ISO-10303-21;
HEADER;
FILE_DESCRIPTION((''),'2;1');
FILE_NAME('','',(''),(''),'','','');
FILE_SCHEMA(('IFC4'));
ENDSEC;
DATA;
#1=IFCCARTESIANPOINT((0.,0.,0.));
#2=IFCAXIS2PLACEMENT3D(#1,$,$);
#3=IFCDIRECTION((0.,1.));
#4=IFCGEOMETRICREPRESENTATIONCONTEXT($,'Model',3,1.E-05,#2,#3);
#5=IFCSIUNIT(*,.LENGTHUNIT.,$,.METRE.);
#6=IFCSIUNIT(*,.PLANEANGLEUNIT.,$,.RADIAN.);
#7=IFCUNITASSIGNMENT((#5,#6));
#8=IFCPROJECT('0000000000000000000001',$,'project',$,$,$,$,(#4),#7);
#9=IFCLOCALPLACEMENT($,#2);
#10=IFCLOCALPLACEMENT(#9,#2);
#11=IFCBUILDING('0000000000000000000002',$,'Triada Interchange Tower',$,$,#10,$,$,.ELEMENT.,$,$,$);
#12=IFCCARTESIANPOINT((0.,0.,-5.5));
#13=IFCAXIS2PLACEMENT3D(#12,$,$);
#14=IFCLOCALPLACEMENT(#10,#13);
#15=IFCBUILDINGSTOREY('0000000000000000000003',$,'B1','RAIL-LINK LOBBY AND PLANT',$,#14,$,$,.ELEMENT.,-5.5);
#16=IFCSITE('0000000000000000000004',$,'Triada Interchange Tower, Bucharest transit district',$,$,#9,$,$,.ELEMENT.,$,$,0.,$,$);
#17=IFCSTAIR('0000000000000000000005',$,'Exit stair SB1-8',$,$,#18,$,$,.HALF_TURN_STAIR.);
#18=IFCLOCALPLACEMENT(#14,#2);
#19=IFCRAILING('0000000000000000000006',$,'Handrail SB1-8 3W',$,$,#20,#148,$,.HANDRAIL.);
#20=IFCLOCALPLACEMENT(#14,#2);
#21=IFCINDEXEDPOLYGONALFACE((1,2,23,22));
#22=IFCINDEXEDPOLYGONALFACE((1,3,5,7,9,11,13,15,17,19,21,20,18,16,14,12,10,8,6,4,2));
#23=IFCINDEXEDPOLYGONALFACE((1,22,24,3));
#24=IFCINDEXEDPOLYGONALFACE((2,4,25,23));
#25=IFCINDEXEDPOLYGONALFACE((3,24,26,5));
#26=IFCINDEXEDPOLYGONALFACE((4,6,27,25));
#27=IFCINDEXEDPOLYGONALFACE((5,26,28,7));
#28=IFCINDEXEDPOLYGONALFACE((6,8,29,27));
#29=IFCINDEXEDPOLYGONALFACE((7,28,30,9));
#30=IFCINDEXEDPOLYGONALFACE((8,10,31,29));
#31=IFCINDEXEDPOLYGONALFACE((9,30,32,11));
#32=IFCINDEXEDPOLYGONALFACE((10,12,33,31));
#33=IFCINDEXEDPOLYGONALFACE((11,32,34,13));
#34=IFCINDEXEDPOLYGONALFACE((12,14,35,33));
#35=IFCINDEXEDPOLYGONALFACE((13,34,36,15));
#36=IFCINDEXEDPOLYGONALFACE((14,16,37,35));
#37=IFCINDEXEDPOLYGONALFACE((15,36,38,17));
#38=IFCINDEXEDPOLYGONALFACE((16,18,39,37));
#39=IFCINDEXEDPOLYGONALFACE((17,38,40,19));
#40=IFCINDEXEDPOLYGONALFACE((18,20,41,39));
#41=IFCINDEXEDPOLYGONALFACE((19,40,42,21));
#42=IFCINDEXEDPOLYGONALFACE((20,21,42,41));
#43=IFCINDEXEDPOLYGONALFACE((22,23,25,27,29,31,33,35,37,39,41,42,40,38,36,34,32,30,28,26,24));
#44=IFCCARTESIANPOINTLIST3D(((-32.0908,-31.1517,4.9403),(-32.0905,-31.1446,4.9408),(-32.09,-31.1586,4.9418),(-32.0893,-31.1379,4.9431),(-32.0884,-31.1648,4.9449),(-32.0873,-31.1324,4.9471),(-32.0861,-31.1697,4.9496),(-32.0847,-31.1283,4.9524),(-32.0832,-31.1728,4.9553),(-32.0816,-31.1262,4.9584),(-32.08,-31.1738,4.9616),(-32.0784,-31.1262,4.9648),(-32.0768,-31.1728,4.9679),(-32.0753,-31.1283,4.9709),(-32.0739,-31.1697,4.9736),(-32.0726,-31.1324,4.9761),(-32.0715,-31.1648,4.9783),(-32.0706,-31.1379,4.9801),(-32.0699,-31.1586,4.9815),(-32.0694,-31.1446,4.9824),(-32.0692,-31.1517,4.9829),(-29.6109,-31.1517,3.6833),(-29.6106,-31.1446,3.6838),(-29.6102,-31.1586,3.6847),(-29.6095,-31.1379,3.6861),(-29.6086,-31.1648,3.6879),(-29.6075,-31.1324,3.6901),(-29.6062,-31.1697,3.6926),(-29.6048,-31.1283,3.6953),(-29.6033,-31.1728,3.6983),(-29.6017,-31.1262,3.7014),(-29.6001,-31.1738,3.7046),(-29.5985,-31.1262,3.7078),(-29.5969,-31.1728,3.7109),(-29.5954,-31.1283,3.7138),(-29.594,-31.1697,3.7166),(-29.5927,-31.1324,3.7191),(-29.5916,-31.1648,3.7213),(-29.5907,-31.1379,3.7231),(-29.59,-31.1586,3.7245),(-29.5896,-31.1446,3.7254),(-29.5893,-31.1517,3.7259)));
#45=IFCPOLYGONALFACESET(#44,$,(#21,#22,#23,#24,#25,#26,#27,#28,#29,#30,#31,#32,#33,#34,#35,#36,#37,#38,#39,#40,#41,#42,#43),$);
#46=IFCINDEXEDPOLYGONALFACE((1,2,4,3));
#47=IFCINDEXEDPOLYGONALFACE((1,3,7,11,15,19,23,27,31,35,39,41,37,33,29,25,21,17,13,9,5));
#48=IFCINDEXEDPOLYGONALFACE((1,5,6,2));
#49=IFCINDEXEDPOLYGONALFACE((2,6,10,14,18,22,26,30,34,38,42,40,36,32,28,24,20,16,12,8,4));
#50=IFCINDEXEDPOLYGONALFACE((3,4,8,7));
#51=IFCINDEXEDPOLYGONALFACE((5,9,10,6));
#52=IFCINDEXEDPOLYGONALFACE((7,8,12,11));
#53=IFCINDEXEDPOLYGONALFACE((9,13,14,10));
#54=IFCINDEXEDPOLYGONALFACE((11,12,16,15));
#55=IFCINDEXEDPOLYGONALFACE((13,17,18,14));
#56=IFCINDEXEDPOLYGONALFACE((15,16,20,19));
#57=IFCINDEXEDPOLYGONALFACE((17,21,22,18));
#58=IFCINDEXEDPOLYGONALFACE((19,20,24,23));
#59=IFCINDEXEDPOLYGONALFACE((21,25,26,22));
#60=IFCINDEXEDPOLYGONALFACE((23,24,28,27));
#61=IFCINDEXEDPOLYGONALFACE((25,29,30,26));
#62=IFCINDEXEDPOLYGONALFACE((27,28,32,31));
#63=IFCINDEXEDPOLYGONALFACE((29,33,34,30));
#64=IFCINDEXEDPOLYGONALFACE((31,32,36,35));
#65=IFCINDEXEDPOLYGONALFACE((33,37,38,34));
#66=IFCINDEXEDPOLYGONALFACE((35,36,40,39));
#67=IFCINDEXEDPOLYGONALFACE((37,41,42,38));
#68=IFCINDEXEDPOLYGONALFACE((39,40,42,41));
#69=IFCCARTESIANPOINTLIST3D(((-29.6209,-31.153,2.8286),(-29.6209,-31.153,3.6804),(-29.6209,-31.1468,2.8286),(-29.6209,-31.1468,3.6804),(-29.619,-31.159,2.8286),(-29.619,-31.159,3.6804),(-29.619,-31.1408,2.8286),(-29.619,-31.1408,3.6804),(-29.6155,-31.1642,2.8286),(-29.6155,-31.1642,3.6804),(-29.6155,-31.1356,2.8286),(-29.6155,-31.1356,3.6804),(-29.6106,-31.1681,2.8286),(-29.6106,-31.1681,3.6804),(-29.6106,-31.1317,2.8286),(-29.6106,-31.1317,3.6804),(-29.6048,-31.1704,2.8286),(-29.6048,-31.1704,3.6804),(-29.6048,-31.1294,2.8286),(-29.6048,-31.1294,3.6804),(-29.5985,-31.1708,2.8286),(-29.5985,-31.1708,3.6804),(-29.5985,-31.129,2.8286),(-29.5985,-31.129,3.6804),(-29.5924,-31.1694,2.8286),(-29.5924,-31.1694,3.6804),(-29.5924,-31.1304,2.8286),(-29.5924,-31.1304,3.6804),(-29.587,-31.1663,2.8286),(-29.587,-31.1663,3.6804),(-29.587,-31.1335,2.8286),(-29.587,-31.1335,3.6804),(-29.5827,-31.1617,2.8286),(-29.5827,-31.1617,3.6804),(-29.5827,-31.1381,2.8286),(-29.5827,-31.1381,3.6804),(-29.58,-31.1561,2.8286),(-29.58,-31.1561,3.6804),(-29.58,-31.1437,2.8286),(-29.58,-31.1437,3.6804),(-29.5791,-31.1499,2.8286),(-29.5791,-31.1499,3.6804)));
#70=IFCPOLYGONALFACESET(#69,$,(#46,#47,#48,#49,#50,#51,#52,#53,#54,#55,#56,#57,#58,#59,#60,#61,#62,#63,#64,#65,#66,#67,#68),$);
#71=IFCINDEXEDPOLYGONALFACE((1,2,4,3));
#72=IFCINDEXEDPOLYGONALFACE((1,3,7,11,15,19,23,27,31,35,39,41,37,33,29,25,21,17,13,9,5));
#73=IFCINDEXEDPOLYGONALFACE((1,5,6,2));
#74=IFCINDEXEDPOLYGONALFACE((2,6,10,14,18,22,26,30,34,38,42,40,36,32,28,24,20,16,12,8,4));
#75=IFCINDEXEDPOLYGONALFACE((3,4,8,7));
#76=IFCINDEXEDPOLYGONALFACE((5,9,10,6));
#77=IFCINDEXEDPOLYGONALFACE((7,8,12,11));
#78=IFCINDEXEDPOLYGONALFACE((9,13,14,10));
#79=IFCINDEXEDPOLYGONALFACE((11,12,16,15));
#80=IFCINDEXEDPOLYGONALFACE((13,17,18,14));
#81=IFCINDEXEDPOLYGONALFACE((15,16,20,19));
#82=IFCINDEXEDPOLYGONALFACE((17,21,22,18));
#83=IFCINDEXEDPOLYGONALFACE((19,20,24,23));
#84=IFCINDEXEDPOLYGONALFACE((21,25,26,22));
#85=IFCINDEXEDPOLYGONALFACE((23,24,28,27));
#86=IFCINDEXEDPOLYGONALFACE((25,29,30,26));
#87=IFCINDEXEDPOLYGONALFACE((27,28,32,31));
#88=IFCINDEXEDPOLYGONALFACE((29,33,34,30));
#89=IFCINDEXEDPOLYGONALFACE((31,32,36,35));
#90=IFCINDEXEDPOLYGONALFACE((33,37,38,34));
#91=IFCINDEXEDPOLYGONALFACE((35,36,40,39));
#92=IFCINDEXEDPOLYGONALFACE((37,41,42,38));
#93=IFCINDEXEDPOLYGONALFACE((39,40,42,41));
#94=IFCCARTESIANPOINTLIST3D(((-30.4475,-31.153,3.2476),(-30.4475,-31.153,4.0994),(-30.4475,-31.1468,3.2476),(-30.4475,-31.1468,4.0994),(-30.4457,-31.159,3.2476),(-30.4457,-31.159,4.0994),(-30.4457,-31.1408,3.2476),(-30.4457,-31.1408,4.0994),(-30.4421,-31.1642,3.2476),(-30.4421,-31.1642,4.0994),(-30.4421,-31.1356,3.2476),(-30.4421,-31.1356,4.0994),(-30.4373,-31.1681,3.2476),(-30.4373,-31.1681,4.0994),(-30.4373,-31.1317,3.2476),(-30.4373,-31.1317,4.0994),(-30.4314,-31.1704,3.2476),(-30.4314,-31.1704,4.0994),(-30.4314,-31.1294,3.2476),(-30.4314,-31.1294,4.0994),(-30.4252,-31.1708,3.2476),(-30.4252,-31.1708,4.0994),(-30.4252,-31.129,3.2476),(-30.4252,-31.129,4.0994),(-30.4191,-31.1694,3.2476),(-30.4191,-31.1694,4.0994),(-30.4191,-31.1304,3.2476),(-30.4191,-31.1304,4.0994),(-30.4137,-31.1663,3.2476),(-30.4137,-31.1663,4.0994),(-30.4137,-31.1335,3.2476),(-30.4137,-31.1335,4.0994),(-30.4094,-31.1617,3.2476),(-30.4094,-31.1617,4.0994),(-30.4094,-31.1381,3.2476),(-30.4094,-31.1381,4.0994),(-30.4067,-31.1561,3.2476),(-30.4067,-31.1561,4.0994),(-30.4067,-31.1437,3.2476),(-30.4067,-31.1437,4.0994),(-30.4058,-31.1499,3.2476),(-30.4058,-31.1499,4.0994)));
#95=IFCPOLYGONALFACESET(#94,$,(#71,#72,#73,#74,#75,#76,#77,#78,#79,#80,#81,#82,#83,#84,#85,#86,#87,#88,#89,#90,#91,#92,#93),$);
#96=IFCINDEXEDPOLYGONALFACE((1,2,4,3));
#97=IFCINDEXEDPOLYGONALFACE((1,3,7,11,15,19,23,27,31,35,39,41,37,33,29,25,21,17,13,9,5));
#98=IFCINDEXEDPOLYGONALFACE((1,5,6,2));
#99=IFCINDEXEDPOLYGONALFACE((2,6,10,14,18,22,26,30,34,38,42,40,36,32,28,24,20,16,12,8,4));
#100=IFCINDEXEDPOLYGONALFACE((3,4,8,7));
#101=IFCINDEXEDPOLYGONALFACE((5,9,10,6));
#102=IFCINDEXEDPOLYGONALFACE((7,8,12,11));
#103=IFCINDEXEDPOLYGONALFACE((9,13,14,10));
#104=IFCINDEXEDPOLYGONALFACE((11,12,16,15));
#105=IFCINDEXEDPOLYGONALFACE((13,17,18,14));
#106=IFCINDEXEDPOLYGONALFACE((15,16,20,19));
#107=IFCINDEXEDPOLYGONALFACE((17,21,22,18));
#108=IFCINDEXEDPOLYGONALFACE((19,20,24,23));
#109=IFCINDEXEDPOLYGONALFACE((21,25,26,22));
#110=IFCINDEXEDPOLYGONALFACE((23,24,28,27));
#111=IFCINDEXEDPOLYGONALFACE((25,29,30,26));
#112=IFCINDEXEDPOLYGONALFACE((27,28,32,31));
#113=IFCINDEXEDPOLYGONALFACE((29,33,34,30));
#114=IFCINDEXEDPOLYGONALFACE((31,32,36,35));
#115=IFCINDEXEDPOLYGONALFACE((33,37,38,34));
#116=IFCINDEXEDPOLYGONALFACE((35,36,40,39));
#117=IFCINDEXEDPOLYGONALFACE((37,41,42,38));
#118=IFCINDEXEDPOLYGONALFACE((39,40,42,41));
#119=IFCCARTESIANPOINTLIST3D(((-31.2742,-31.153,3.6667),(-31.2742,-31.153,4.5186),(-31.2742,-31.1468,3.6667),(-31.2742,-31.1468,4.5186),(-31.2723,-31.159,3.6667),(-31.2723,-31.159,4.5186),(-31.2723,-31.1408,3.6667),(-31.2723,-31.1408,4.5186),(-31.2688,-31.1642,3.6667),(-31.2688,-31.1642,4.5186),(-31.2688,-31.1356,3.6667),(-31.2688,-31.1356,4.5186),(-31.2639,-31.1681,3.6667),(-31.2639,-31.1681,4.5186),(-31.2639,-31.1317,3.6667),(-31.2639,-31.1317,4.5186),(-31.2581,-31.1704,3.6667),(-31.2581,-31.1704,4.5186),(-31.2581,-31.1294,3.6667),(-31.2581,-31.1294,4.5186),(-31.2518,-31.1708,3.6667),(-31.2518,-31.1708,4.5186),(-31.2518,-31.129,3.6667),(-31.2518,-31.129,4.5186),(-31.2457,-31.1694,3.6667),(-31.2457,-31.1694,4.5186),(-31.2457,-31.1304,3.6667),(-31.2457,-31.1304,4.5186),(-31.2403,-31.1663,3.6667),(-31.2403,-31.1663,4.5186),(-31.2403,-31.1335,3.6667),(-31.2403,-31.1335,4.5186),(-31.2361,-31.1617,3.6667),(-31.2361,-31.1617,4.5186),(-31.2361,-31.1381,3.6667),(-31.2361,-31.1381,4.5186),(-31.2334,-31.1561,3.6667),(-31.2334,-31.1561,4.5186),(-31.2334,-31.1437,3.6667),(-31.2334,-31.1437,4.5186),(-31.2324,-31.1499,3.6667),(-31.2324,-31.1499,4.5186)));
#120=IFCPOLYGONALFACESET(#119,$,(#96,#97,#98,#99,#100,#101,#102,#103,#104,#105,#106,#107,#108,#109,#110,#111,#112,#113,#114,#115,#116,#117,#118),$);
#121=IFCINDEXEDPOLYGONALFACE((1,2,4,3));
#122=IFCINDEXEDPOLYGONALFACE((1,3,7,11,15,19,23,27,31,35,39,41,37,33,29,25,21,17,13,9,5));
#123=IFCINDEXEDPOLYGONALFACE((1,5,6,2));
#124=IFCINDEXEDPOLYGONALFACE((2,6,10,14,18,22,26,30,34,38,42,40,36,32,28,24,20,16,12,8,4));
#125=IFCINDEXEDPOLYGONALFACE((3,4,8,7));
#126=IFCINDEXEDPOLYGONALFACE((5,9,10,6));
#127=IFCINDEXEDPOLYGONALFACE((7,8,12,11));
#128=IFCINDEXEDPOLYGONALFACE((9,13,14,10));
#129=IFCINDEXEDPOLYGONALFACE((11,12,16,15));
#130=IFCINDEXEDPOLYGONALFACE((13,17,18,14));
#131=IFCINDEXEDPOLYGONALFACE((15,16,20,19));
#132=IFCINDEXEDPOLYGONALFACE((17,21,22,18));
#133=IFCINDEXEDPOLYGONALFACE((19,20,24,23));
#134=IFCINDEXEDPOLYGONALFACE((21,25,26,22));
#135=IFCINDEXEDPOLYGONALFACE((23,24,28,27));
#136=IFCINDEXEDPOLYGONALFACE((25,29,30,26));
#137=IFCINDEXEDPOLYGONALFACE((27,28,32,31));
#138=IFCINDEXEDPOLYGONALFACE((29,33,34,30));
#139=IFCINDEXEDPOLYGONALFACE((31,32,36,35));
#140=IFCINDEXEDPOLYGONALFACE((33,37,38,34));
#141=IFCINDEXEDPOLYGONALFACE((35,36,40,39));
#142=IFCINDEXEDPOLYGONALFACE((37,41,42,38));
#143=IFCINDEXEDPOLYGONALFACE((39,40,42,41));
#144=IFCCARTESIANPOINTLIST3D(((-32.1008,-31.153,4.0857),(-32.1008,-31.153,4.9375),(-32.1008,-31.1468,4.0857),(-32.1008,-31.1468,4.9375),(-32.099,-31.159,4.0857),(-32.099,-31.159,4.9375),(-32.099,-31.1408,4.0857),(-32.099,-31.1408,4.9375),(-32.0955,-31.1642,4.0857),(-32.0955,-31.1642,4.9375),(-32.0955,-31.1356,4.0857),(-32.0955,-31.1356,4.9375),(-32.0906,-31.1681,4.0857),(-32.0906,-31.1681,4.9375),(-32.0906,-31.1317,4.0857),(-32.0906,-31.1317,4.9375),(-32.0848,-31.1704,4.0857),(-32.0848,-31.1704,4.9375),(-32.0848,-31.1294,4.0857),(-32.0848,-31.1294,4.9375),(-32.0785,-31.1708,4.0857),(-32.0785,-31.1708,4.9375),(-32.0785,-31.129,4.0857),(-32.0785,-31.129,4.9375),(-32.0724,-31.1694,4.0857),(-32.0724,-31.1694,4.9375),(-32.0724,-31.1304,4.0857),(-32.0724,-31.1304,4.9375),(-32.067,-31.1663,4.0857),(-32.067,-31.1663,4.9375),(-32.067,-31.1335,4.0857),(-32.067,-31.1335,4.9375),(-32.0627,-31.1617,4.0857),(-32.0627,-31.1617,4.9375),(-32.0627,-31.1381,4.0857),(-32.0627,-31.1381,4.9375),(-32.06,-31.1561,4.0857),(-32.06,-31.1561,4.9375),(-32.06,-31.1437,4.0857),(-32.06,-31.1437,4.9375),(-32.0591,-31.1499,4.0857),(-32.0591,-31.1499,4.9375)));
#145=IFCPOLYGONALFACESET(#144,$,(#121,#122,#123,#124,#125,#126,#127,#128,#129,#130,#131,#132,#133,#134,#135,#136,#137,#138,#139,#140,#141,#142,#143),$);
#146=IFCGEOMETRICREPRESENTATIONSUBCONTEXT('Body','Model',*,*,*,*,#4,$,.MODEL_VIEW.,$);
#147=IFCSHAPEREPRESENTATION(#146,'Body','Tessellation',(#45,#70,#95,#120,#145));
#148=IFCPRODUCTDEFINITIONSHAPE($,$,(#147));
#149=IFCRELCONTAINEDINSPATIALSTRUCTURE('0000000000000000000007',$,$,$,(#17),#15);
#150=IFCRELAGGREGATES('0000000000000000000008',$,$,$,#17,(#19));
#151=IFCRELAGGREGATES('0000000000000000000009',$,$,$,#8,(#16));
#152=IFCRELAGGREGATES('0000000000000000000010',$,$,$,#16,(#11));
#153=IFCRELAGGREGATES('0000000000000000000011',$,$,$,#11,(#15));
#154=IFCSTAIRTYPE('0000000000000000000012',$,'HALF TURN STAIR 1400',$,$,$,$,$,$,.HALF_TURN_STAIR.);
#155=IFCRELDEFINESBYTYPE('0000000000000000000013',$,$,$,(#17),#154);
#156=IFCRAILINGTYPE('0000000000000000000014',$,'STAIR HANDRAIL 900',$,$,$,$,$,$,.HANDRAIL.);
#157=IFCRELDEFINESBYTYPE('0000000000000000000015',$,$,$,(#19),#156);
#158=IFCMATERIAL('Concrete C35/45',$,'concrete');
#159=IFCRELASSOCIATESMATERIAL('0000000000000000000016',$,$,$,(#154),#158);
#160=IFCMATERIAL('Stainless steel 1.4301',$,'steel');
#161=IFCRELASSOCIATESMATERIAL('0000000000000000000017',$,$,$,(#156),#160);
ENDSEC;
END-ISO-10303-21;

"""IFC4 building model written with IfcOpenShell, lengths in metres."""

from ifc_helpers import new_model, si_unit, direction, frame, origin, origin_2d, place, context, subcontext, project, spatial, circle, extrude, material, type_object, element, aggregate, save


model = new_model("IFC4")

# Units and contexts
model_context = context("Model", 3, precision=1e-05, world=origin(), true_north=direction((0.0, 1.0)))
body_context = subcontext(model_context, "Body", "Model", "MODEL_VIEW")
ifc_project = project(units=[si_unit("LENGTHUNIT", "METRE"), si_unit("PLANEANGLEUNIT", "RADIAN")], contexts=[model_context])

# Site, building, storey
site_placement = place(None, origin())
site = spatial("IfcSite", under=ifc_project, at=site_placement, Name="Triada Interchange Tower, Bucharest transit district", CompositionType="ELEMENT", RefElevation=0.0)
building_placement = place(site_placement, origin())
building = spatial("IfcBuilding", under=site, at=building_placement, Name="Triada Interchange Tower", CompositionType="ELEMENT")
storey_placement = place(building_placement, frame((0.0, 0.0, -5.5)))
storey = spatial("IfcBuildingStorey", under=building, at=storey_placement, Name="B1", Description="RAIL-LINK LOBBY AND PLANT", CompositionType="ELEMENT", Elevation=-5.5)

# Shared definitions
ifc_material_1 = material(Name="Concrete C35/45", Category="concrete")

# Stair, railing
stair_type = type_object("IfcStairType", Name="HALF TURN STAIR 1400", PredefinedType="HALF_TURN_STAIR", material=ifc_material_1)
stair_placement = place(storey_placement, origin())
stair = element("IfcStair", 1, at=stair_placement, inside=storey, type_object=stair_type, Name="Exit stair SB1-8", PredefinedType="HALF_TURN_STAIR")
ifc_material_2 = material(Name="Stainless steel 1.4301", Category="steel")
railing_type_1 = type_object("IfcRailingType", Name="STAIR HANDRAIL 900", PredefinedType="HANDRAIL", material=ifc_material_2)
railing_1_placement = place(storey_placement, frame((-29.6001, -31.1499, 2.8286)))
railing_1 = element("IfcRailing", 2, at=railing_1_placement, type_object=railing_type_1, Name="Handrail SB1-8 3W", PredefinedType="HANDRAIL", context=body_context, shape_type="SweptSolid", body=[
    extrude(circle(Radius=0.0239, at=origin_2d()), frame((0.0, 0.0, 0.876), z_axis=(-0.891955, 0.0, 0.452124), x_axis=(0.0, -1.0, 0.0)), (0.0, 0.0, 1.0), 2.7803),
    extrude(circle(Radius=0.021, at=origin_2d()), origin(), (0.0, 0.0, 1.0), 0.8518),
    extrude(circle(Radius=0.021, at=origin_2d()), frame((-0.8267, 0.0, 0.4189)), (0.0, 0.0, 1.0), 0.8518),
    extrude(circle(Radius=0.021, at=origin_2d()), frame((-1.6533, 0.0, 0.8381)), (0.0, 0.0, 1.0), 0.8518),
    extrude(circle(Radius=0.021, at=origin_2d()), frame((-2.48, 0.0, 1.2571)), (0.0, 0.0, 1.0), 0.8518),
])
aggregate(stair, [railing_1])

save(model, "model.ifc")
